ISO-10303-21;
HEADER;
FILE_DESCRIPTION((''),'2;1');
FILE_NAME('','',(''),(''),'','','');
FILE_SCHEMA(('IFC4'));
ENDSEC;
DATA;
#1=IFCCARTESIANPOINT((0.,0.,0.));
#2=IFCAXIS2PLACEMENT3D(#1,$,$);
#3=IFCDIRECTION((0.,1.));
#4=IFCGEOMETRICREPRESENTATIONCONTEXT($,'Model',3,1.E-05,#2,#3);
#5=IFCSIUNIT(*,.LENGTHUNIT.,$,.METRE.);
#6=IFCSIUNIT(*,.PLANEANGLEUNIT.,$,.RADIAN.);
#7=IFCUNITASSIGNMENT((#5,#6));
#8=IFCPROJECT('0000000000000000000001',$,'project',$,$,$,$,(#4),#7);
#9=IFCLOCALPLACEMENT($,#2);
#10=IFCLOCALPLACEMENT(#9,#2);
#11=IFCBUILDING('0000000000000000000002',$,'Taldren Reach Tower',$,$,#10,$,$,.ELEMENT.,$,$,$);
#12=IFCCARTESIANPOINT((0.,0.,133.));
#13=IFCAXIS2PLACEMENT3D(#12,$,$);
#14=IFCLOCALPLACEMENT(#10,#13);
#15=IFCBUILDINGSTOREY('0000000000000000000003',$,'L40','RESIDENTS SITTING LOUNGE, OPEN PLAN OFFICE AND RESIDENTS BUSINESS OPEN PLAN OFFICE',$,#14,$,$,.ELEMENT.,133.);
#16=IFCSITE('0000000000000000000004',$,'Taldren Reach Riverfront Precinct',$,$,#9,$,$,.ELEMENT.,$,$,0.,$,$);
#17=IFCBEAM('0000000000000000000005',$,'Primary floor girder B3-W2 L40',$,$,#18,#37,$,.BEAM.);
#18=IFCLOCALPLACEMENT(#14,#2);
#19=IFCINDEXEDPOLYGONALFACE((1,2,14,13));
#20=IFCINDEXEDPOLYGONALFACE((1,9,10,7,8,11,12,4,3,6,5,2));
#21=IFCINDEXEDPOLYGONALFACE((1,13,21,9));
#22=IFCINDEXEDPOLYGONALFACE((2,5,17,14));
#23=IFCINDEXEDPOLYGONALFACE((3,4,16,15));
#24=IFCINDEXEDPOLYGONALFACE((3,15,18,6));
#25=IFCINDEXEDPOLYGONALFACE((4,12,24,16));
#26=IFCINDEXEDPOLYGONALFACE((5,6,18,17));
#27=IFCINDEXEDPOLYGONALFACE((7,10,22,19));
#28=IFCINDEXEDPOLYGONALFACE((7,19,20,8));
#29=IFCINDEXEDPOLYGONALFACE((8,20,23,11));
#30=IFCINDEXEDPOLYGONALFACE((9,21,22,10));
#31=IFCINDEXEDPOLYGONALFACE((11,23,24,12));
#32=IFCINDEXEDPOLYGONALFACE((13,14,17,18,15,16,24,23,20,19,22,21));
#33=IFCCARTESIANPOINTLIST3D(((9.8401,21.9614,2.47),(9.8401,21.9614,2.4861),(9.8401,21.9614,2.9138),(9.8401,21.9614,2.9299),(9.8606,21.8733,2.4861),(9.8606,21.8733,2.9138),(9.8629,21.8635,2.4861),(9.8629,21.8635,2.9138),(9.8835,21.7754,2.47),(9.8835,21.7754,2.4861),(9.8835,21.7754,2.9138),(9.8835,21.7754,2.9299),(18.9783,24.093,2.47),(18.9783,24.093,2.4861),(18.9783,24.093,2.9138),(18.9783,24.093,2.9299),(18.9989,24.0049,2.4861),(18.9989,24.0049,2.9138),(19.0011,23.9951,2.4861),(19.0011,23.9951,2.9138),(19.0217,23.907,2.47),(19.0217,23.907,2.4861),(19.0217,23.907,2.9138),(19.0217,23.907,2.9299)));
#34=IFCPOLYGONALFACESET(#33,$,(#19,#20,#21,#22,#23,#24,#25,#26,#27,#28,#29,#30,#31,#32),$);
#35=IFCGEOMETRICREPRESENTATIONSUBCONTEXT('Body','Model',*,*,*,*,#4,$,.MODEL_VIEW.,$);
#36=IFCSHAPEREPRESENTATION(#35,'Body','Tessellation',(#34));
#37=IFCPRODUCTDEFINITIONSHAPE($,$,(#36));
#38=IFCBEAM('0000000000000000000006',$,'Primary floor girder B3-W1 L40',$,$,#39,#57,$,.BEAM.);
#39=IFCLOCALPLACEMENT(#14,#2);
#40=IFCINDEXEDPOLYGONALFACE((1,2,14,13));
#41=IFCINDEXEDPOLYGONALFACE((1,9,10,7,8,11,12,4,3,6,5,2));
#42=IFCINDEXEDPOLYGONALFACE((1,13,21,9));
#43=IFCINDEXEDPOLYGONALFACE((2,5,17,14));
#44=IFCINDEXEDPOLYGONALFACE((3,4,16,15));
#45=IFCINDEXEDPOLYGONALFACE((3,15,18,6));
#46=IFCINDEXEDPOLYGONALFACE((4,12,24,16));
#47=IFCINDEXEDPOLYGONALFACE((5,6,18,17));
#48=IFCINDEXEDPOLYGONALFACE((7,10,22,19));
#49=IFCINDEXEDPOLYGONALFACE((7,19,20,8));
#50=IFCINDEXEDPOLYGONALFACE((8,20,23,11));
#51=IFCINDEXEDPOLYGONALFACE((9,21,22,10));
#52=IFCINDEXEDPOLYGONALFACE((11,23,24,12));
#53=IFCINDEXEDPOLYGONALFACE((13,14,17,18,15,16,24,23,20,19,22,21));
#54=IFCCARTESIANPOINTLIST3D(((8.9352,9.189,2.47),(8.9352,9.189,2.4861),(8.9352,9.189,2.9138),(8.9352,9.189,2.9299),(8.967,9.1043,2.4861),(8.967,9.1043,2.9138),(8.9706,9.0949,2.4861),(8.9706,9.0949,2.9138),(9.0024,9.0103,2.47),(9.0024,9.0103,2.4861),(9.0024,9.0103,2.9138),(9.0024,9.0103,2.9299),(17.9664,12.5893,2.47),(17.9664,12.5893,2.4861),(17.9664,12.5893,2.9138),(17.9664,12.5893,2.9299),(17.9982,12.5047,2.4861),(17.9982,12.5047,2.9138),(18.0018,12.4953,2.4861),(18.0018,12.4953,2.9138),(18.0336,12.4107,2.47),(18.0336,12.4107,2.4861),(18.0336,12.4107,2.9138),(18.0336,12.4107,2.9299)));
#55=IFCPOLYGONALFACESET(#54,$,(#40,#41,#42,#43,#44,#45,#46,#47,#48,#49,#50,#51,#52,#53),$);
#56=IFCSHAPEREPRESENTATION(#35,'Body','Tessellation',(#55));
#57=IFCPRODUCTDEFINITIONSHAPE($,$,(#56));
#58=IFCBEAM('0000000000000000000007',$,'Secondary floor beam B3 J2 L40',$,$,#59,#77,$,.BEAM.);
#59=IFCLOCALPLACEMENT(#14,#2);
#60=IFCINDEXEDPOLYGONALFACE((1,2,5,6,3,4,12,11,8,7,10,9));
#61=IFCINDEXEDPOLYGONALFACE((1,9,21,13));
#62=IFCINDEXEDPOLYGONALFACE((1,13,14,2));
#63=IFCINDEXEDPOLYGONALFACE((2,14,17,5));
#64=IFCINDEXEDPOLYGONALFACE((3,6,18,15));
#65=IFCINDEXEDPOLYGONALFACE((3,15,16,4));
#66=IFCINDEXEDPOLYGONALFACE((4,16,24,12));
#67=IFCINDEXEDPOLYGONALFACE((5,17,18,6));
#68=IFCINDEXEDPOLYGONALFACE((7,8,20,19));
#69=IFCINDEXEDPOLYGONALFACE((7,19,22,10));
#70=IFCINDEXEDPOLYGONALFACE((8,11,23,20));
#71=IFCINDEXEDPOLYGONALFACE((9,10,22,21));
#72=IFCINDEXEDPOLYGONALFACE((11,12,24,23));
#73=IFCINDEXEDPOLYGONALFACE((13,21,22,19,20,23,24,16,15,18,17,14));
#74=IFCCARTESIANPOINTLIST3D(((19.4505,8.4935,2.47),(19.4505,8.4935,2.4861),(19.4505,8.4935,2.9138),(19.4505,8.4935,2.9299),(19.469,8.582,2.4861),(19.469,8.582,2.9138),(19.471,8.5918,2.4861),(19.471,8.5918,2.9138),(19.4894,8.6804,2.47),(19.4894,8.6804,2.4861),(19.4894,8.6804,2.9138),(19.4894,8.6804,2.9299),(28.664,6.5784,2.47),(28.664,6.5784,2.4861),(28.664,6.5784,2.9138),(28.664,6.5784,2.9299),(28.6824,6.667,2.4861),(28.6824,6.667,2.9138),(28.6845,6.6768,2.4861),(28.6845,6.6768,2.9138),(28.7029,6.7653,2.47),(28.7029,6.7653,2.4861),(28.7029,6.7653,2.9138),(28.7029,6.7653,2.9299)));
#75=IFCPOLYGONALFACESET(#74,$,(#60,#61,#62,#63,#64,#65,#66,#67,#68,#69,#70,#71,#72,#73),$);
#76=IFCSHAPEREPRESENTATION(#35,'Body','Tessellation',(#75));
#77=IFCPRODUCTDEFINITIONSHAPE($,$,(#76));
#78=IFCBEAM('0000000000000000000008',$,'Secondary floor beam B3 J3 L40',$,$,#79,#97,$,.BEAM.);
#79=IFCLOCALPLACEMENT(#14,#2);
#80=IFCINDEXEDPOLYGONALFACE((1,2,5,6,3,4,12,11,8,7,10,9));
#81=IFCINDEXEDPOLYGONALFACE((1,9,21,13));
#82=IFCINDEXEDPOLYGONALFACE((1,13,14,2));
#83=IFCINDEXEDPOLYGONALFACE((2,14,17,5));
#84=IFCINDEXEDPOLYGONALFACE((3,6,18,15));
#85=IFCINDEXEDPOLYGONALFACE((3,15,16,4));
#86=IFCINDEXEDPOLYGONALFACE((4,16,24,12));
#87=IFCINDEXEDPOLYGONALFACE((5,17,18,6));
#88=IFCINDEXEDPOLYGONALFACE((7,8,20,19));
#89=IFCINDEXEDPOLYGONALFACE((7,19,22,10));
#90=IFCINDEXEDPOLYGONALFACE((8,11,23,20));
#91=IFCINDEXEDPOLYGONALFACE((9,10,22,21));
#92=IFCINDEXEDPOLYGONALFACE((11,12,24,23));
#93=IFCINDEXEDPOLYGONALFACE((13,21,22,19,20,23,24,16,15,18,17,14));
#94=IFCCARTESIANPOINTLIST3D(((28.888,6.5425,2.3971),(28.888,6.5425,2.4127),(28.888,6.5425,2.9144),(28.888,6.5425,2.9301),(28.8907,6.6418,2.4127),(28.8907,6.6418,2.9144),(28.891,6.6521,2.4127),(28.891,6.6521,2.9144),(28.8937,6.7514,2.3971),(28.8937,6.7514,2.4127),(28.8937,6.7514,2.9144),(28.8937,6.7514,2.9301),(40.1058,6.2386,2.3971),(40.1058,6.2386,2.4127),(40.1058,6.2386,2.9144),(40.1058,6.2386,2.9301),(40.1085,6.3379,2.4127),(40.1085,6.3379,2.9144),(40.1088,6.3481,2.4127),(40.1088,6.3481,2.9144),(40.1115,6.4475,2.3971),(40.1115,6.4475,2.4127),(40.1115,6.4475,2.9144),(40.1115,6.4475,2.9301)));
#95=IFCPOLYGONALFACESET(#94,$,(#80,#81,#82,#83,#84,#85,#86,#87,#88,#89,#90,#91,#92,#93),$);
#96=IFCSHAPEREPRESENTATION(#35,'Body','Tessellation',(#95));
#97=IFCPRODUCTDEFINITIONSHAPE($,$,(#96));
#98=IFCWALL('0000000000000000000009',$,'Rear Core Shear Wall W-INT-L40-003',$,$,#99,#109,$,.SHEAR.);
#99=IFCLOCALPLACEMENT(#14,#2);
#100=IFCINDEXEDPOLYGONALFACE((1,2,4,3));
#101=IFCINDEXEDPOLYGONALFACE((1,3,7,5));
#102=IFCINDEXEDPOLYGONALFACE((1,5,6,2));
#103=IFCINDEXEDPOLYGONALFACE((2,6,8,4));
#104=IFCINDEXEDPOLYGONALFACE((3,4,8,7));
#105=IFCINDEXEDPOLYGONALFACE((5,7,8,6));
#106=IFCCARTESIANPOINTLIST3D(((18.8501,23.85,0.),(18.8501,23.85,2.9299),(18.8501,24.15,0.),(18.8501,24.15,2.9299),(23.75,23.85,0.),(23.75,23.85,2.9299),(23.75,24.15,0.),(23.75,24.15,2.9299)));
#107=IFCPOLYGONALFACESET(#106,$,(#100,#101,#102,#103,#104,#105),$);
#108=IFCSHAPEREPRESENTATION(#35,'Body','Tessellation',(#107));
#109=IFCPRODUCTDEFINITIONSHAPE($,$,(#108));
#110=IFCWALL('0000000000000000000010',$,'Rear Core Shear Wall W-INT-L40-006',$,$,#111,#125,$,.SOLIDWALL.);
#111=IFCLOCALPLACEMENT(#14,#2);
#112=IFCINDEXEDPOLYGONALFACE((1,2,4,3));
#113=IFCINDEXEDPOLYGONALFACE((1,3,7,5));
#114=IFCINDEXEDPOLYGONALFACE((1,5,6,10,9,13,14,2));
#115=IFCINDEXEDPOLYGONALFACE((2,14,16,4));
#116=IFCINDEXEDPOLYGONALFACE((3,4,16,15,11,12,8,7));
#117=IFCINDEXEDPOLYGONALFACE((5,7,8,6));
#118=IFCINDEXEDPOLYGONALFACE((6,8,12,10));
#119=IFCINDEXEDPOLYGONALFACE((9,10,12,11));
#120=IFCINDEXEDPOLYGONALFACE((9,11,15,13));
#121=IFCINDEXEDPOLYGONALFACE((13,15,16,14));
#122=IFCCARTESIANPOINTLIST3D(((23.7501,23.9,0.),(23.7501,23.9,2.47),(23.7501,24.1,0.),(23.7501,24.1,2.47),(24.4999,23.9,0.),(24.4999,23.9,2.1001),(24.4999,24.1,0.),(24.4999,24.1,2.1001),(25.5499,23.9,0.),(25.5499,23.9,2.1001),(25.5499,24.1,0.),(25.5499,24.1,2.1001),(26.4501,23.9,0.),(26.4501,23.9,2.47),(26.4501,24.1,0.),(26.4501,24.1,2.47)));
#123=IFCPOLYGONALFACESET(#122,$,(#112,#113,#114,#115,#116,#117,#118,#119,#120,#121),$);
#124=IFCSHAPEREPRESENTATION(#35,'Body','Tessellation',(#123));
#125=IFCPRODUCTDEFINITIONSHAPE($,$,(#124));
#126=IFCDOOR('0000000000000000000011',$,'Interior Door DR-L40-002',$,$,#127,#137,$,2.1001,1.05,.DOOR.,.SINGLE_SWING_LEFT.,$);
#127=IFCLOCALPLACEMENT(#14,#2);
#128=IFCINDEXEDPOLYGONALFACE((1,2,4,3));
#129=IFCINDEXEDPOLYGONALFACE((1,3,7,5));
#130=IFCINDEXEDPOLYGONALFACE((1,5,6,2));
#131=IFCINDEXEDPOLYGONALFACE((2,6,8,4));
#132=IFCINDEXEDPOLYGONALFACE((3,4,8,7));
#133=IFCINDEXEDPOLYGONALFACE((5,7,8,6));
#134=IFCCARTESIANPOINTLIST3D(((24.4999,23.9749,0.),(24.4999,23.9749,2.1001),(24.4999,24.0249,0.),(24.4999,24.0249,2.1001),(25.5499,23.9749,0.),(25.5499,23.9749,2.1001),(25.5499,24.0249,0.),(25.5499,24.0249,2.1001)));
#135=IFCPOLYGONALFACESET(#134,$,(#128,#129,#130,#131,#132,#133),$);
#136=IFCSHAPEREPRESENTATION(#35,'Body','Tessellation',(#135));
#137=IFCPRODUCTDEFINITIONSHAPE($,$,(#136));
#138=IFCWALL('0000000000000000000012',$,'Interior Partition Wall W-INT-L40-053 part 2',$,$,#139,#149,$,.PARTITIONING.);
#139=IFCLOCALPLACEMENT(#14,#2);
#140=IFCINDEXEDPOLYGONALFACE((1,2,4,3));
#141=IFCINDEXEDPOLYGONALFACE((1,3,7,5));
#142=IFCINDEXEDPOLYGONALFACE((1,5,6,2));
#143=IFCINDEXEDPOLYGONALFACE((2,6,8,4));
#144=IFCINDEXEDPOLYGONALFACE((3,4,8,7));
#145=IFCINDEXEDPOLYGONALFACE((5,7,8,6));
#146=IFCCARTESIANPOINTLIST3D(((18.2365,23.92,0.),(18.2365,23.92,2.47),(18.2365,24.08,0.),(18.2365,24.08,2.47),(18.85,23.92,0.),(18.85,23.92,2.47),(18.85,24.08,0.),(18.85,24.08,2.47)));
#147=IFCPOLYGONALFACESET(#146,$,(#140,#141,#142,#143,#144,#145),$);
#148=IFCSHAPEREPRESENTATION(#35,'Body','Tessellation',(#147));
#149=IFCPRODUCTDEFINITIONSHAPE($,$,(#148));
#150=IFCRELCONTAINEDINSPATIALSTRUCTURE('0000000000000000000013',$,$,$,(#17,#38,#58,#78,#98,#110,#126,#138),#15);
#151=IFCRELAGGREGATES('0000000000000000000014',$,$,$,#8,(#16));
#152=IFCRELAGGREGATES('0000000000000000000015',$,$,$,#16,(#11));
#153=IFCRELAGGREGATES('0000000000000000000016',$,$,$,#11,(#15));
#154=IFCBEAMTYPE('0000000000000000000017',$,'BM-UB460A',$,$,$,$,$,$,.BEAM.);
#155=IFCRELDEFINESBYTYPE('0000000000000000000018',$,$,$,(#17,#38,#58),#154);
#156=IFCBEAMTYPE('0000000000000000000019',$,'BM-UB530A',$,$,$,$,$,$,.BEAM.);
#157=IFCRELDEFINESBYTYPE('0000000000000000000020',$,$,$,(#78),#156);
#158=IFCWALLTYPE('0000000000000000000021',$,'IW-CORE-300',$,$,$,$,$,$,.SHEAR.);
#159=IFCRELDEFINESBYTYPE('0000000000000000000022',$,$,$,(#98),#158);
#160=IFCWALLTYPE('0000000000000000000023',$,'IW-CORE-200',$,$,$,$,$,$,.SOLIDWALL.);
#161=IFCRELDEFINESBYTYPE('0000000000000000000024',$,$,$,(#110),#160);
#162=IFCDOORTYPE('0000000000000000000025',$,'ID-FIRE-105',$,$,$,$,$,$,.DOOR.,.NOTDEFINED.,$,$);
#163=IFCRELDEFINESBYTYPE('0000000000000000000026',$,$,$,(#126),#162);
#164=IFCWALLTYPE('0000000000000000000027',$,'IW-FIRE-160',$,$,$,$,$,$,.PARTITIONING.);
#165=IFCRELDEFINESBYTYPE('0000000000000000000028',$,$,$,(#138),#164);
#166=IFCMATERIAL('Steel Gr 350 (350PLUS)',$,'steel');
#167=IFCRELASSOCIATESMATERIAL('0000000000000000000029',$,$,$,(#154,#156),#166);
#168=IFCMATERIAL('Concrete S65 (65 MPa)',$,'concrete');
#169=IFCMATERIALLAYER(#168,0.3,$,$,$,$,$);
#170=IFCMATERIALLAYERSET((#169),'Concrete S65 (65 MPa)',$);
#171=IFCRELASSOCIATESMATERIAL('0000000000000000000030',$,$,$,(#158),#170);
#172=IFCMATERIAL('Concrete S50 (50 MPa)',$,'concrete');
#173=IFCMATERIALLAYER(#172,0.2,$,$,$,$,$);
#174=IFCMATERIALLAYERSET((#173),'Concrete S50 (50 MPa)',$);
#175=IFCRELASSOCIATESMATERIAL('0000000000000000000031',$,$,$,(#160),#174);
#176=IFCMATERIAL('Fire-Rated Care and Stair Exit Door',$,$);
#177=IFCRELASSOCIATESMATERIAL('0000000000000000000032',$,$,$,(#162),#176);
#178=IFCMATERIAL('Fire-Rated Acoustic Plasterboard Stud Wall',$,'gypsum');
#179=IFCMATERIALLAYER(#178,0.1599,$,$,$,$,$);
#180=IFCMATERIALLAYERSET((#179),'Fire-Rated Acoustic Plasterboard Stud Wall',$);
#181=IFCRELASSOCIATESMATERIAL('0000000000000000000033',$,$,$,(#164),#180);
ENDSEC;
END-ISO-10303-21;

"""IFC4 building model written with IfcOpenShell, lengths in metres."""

from ifc_helpers import new_model, si_unit, direction, frame, frame_2d, origin, origin_2d, place, context, subcontext, project, spatial, rectangle, i_section, extrude, source, transform, mapped, material, layer, layer_set, material_profile, profile_set, type_object, element, fill, save


model = new_model("IFC4")

# Units and contexts
model_context = context("Model", 3, precision=1e-05, world=origin(), true_north=direction((0.0, 1.0)))
body_context = subcontext(model_context, "Body", "Model", "MODEL_VIEW")
ifc_project = project(units=[si_unit("LENGTHUNIT", "METRE"), si_unit("PLANEANGLEUNIT", "RADIAN")], contexts=[model_context])

# Site, building, storey
site_placement = place(None, origin())
site = spatial("IfcSite", under=ifc_project, at=site_placement, Name="Taldren Reach Riverfront Precinct", CompositionType="ELEMENT", RefElevation=0.0)
building_placement = place(site_placement, origin())
building = spatial("IfcBuilding", under=site, at=building_placement, Name="Taldren Reach Tower", CompositionType="ELEMENT")
storey_placement = place(building_placement, frame((0.0, 0.0, 133.0)))
storey = spatial("IfcBuildingStorey", under=building, at=storey_placement, Name="L40", Description="RESIDENTS SITTING LOUNGE, OPEN PLAN OFFICE AND RESIDENTS BUSINESS OPEN PLAN OFFICE", CompositionType="ELEMENT", Elevation=133.0)

# Shared definitions
ifc_material_1 = material(Name="Steel Gr 350 (350PLUS)", Category="steel")

# Shared definitions
ifc_material_profile_1 = material_profile(ifc_material_1, i_section(OverallWidth=0.1909, OverallDepth=0.46, WebThickness=0.01, FlangeThickness=0.0161, at=origin_2d()), Name="460UB82.1")
ifc_profile_set_1 = profile_set([ifc_material_profile_1], Name="Steel Gr 350 (350PLUS)")
beam_type_1 = type_object("IfcBeamType", Name="BM-UB460A", PredefinedType="BEAM", material=ifc_profile_set_1)
ifc_material_profile_2 = material_profile(ifc_material_1, i_section(OverallWidth=0.209, OverallDepth=0.533, WebThickness=0.0103, FlangeThickness=0.0156, at=origin_2d()), Name="530UB92.4")
ifc_profile_set_2 = profile_set([ifc_material_profile_2], Name="Steel Gr 350 (350PLUS)")
beam_type_2 = type_object("IfcBeamType", Name="BM-UB530A", PredefinedType="BEAM", material=ifc_profile_set_2)

# Beams
shared_shape_1 = source(origin(), body_context, "Body", "SweptSolid", [
    extrude(i_section(OverallWidth=0.1909, OverallDepth=0.46, WebThickness=0.01, FlangeThickness=0.0161, at=origin_2d()), origin(), (0.0, 0.0, 1.0), 9.3835),
])
beam_1_placement = place(storey_placement, frame((19.0, 24.0, 2.7), z_axis=(-0.973857, -0.227164, 0.0), x_axis=(0.227164, -0.973857, 0.0)))
element("IfcBeam", 1, at=beam_1_placement, inside=storey, type_object=beam_type_1, Name="Primary floor girder B3-W2 L40", PredefinedType="BEAM", context=body_context, shape_type="MappedRepresentation", body=[
    mapped(shared_shape_1, transform((0.0, 0.0, 0.0), scale=1.0)),
])
shared_shape_2 = source(origin(), body_context, "Body", "SweptSolid", [
    extrude(i_section(OverallWidth=0.1909, OverallDepth=0.46, WebThickness=0.01, FlangeThickness=0.0161, at=origin_2d()), origin(), (0.0, 0.0, 1.0), 9.6501),
])
beam_2_placement = place(storey_placement, frame((18.0, 12.5, 2.7), z_axis=(-0.935863, -0.352365, 0.0), x_axis=(0.352365, -0.935863, 0.0)))
element("IfcBeam", 2, at=beam_2_placement, inside=storey, type_object=beam_type_1, Name="Primary floor girder B3-W1 L40", PredefinedType="BEAM", context=body_context, shape_type="MappedRepresentation", body=[
    mapped(shared_shape_2, transform((0.0, 0.0, 0.0), scale=1.0)),
])
shared_shape_3 = source(origin(), body_context, "Body", "SweptSolid", [
    extrude(i_section(OverallWidth=0.1909, OverallDepth=0.46, WebThickness=0.01, FlangeThickness=0.0161, at=origin_2d()), origin(), (0.0, 0.0, 1.0), 9.4104),
])
beam_3_placement = place(storey_placement, frame((19.47, 8.5869, 2.7), z_axis=(0.979074, -0.203505, 0.0), x_axis=(0.203505, 0.979074, 0.0)))
element("IfcBeam", 3, at=beam_3_placement, inside=storey, type_object=beam_type_1, Name="Secondary floor beam B3 J2 L40", PredefinedType="BEAM", context=body_context, shape_type="MappedRepresentation", body=[
    mapped(shared_shape_3, transform((0.0, 0.0, 0.0), scale=1.0)),
])
shared_shape_4 = source(origin(), body_context, "Body", "SweptSolid", [
    extrude(i_section(OverallWidth=0.209, OverallDepth=0.533, WebThickness=0.0103, FlangeThickness=0.0156, at=origin_2d()), origin(), (0.0, 0.0, 1.0), 11.2219),
])
beam_4_placement = place(storey_placement, frame((28.8909, 6.647, 2.6636), z_axis=(0.999633, -0.027086, 0.0), x_axis=(0.027086, 0.999633, 0.0)))
element("IfcBeam", 4, at=beam_4_placement, inside=storey, type_object=beam_type_2, Name="Secondary floor beam B3 J3 L40", PredefinedType="BEAM", context=body_context, shape_type="MappedRepresentation", body=[
    mapped(shared_shape_4, transform((0.0, 0.0, 0.0), scale=1.0)),
])

# Wall
ifc_material_2 = material(Name="Concrete S65 (65 MPa)", Category="concrete")
ifc_layer_1 = layer(ifc_material_2, 0.3)
ifc_layer_set_1 = layer_set([ifc_layer_1], Name="Concrete S65 (65 MPa)")
wall_type_1 = type_object("IfcWallType", Name="IW-CORE-300", PredefinedType="SHEAR", material=ifc_layer_set_1)
shared_shape_5 = source(origin(), body_context, "Body", "SweptSolid", [
    extrude(rectangle(XDim=4.8999, YDim=0.3, at=frame_2d((2.45, 0.0))), origin(), (0.0, 0.0, 1.0), 2.9299),
])
wall_1_placement = place(storey_placement, frame((18.8501, 24.0, 0.0), z_axis=(0.0, 0.0, 1.0), x_axis=(1.0, 0.0, 0.0)))
element("IfcWall", 5, at=wall_1_placement, inside=storey, type_object=wall_type_1, Name="Rear Core Shear Wall W-INT-L40-003", PredefinedType="SHEAR", context=body_context, shape_type="MappedRepresentation", body=[
    mapped(shared_shape_5, transform((0.0, 0.0, 0.0), scale=1.0)),
])

# Wall, opening, door
ifc_material_3 = material(Name="Concrete S50 (50 MPa)", Category="concrete")
ifc_layer_2 = layer(ifc_material_3, 0.2)
ifc_layer_set_2 = layer_set([ifc_layer_2], Name="Concrete S50 (50 MPa)")
wall_type_2 = type_object("IfcWallType", Name="IW-CORE-200", PredefinedType="SOLIDWALL", material=ifc_layer_set_2)
shared_shape_6 = source(origin(), body_context, "Body", "SweptSolid", [
    extrude(rectangle(XDim=2.7, YDim=0.2, at=frame_2d((1.3501, 0.0))), origin(), (0.0, 0.0, 1.0), 2.47),
])
wall_2_placement = place(storey_placement, frame((23.75, 24.0, 0.0), z_axis=(0.0, 0.0, 1.0), x_axis=(1.0, 0.0, 0.0)))
wall_2 = element("IfcWall", 6, at=wall_2_placement, inside=storey, type_object=wall_type_2, Name="Rear Core Shear Wall W-INT-L40-006", PredefinedType="SOLIDWALL", context=body_context, shape_type="MappedRepresentation", body=[
    mapped(shared_shape_6, transform((0.0, 0.0, 0.0), scale=1.0)),
])
shared_shape_7 = source(origin(), body_context, "Body", "SweptSolid", [
    extrude(rectangle(XDim=1.05, YDim=2.1001, at=frame_2d((0.5249, 1.05))), frame((0.0, 0.1099, 0.0), z_axis=(0.0, -1.0, 0.0), x_axis=(1.0, 0.0, 0.0)), (0.0, 0.0, 1.0), 0.22),
])
opening_1_placement = place(wall_2_placement, frame((0.75, 0.0, 0.0)))
opening_1 = element("IfcOpeningElement", 7, at=opening_1_placement, cuts=wall_2, PredefinedType="OPENING", context=body_context, shape_type="MappedRepresentation", body=[
    mapped(shared_shape_7, transform((0.0, 0.0, 0.0), scale=1.0)),
])
ifc_material_4 = material(Name="Fire-Rated Care and Stair Exit Door")
door_type_1 = type_object("IfcDoorType", Name="ID-FIRE-105", OperationType="NOTDEFINED", PredefinedType="DOOR", material=ifc_material_4)
shared_shape_8 = source(origin(), body_context, "Body", "SweptSolid", [
    extrude(rectangle(XDim=1.05, YDim=2.1001, at=frame_2d((0.5249, 1.05))), frame((0.0, 0.0249, 0.0), z_axis=(0.0, -1.0, 0.0), x_axis=(1.0, 0.0, 0.0)), (0.0, 0.0, 1.0), 0.05),
])
door_1_placement = place(opening_1_placement, origin())
door_1 = element("IfcDoor", 8, at=door_1_placement, inside=storey, type_object=door_type_1, Name="Interior Door DR-L40-002", OperationType="SINGLE_SWING_LEFT", OverallHeight=2.1001, OverallWidth=1.05, PredefinedType="DOOR", context=body_context, shape_type="MappedRepresentation", body=[
    mapped(shared_shape_8, transform((0.0, 0.0, 0.0), scale=1.0)),
])
fill(opening_1, door_1)

# Wall
ifc_material_5 = material(Name="Fire-Rated Acoustic Plasterboard Stud Wall", Category="gypsum")
ifc_layer_3 = layer(ifc_material_5, 0.1599)
ifc_layer_set_3 = layer_set([ifc_layer_3], Name="Fire-Rated Acoustic Plasterboard Stud Wall")
wall_type_3 = type_object("IfcWallType", Name="IW-FIRE-160", PredefinedType="PARTITIONING", material=ifc_layer_set_3)
shared_shape_9 = source(origin(), body_context, "Body", "SweptSolid", [
    extrude(rectangle(XDim=0.6135, YDim=0.1599, at=frame_2d((0.3066, 0.0))), origin(), (0.0, 0.0, 1.0), 2.47),
])
wall_3_placement = place(storey_placement, frame((18.2366, 24.0, 0.0), z_axis=(0.0, 0.0, 1.0), x_axis=(1.0, 0.0, 0.0)))
element("IfcWall", 9, at=wall_3_placement, inside=storey, type_object=wall_type_3, Name="Interior Partition Wall W-INT-L40-053 part 2", PredefinedType="PARTITIONING", context=body_context, shape_type="MappedRepresentation", body=[
    mapped(shared_shape_9, transform((0.0, 0.0, 0.0), scale=1.0)),
])

save(model, "model.ifc")
